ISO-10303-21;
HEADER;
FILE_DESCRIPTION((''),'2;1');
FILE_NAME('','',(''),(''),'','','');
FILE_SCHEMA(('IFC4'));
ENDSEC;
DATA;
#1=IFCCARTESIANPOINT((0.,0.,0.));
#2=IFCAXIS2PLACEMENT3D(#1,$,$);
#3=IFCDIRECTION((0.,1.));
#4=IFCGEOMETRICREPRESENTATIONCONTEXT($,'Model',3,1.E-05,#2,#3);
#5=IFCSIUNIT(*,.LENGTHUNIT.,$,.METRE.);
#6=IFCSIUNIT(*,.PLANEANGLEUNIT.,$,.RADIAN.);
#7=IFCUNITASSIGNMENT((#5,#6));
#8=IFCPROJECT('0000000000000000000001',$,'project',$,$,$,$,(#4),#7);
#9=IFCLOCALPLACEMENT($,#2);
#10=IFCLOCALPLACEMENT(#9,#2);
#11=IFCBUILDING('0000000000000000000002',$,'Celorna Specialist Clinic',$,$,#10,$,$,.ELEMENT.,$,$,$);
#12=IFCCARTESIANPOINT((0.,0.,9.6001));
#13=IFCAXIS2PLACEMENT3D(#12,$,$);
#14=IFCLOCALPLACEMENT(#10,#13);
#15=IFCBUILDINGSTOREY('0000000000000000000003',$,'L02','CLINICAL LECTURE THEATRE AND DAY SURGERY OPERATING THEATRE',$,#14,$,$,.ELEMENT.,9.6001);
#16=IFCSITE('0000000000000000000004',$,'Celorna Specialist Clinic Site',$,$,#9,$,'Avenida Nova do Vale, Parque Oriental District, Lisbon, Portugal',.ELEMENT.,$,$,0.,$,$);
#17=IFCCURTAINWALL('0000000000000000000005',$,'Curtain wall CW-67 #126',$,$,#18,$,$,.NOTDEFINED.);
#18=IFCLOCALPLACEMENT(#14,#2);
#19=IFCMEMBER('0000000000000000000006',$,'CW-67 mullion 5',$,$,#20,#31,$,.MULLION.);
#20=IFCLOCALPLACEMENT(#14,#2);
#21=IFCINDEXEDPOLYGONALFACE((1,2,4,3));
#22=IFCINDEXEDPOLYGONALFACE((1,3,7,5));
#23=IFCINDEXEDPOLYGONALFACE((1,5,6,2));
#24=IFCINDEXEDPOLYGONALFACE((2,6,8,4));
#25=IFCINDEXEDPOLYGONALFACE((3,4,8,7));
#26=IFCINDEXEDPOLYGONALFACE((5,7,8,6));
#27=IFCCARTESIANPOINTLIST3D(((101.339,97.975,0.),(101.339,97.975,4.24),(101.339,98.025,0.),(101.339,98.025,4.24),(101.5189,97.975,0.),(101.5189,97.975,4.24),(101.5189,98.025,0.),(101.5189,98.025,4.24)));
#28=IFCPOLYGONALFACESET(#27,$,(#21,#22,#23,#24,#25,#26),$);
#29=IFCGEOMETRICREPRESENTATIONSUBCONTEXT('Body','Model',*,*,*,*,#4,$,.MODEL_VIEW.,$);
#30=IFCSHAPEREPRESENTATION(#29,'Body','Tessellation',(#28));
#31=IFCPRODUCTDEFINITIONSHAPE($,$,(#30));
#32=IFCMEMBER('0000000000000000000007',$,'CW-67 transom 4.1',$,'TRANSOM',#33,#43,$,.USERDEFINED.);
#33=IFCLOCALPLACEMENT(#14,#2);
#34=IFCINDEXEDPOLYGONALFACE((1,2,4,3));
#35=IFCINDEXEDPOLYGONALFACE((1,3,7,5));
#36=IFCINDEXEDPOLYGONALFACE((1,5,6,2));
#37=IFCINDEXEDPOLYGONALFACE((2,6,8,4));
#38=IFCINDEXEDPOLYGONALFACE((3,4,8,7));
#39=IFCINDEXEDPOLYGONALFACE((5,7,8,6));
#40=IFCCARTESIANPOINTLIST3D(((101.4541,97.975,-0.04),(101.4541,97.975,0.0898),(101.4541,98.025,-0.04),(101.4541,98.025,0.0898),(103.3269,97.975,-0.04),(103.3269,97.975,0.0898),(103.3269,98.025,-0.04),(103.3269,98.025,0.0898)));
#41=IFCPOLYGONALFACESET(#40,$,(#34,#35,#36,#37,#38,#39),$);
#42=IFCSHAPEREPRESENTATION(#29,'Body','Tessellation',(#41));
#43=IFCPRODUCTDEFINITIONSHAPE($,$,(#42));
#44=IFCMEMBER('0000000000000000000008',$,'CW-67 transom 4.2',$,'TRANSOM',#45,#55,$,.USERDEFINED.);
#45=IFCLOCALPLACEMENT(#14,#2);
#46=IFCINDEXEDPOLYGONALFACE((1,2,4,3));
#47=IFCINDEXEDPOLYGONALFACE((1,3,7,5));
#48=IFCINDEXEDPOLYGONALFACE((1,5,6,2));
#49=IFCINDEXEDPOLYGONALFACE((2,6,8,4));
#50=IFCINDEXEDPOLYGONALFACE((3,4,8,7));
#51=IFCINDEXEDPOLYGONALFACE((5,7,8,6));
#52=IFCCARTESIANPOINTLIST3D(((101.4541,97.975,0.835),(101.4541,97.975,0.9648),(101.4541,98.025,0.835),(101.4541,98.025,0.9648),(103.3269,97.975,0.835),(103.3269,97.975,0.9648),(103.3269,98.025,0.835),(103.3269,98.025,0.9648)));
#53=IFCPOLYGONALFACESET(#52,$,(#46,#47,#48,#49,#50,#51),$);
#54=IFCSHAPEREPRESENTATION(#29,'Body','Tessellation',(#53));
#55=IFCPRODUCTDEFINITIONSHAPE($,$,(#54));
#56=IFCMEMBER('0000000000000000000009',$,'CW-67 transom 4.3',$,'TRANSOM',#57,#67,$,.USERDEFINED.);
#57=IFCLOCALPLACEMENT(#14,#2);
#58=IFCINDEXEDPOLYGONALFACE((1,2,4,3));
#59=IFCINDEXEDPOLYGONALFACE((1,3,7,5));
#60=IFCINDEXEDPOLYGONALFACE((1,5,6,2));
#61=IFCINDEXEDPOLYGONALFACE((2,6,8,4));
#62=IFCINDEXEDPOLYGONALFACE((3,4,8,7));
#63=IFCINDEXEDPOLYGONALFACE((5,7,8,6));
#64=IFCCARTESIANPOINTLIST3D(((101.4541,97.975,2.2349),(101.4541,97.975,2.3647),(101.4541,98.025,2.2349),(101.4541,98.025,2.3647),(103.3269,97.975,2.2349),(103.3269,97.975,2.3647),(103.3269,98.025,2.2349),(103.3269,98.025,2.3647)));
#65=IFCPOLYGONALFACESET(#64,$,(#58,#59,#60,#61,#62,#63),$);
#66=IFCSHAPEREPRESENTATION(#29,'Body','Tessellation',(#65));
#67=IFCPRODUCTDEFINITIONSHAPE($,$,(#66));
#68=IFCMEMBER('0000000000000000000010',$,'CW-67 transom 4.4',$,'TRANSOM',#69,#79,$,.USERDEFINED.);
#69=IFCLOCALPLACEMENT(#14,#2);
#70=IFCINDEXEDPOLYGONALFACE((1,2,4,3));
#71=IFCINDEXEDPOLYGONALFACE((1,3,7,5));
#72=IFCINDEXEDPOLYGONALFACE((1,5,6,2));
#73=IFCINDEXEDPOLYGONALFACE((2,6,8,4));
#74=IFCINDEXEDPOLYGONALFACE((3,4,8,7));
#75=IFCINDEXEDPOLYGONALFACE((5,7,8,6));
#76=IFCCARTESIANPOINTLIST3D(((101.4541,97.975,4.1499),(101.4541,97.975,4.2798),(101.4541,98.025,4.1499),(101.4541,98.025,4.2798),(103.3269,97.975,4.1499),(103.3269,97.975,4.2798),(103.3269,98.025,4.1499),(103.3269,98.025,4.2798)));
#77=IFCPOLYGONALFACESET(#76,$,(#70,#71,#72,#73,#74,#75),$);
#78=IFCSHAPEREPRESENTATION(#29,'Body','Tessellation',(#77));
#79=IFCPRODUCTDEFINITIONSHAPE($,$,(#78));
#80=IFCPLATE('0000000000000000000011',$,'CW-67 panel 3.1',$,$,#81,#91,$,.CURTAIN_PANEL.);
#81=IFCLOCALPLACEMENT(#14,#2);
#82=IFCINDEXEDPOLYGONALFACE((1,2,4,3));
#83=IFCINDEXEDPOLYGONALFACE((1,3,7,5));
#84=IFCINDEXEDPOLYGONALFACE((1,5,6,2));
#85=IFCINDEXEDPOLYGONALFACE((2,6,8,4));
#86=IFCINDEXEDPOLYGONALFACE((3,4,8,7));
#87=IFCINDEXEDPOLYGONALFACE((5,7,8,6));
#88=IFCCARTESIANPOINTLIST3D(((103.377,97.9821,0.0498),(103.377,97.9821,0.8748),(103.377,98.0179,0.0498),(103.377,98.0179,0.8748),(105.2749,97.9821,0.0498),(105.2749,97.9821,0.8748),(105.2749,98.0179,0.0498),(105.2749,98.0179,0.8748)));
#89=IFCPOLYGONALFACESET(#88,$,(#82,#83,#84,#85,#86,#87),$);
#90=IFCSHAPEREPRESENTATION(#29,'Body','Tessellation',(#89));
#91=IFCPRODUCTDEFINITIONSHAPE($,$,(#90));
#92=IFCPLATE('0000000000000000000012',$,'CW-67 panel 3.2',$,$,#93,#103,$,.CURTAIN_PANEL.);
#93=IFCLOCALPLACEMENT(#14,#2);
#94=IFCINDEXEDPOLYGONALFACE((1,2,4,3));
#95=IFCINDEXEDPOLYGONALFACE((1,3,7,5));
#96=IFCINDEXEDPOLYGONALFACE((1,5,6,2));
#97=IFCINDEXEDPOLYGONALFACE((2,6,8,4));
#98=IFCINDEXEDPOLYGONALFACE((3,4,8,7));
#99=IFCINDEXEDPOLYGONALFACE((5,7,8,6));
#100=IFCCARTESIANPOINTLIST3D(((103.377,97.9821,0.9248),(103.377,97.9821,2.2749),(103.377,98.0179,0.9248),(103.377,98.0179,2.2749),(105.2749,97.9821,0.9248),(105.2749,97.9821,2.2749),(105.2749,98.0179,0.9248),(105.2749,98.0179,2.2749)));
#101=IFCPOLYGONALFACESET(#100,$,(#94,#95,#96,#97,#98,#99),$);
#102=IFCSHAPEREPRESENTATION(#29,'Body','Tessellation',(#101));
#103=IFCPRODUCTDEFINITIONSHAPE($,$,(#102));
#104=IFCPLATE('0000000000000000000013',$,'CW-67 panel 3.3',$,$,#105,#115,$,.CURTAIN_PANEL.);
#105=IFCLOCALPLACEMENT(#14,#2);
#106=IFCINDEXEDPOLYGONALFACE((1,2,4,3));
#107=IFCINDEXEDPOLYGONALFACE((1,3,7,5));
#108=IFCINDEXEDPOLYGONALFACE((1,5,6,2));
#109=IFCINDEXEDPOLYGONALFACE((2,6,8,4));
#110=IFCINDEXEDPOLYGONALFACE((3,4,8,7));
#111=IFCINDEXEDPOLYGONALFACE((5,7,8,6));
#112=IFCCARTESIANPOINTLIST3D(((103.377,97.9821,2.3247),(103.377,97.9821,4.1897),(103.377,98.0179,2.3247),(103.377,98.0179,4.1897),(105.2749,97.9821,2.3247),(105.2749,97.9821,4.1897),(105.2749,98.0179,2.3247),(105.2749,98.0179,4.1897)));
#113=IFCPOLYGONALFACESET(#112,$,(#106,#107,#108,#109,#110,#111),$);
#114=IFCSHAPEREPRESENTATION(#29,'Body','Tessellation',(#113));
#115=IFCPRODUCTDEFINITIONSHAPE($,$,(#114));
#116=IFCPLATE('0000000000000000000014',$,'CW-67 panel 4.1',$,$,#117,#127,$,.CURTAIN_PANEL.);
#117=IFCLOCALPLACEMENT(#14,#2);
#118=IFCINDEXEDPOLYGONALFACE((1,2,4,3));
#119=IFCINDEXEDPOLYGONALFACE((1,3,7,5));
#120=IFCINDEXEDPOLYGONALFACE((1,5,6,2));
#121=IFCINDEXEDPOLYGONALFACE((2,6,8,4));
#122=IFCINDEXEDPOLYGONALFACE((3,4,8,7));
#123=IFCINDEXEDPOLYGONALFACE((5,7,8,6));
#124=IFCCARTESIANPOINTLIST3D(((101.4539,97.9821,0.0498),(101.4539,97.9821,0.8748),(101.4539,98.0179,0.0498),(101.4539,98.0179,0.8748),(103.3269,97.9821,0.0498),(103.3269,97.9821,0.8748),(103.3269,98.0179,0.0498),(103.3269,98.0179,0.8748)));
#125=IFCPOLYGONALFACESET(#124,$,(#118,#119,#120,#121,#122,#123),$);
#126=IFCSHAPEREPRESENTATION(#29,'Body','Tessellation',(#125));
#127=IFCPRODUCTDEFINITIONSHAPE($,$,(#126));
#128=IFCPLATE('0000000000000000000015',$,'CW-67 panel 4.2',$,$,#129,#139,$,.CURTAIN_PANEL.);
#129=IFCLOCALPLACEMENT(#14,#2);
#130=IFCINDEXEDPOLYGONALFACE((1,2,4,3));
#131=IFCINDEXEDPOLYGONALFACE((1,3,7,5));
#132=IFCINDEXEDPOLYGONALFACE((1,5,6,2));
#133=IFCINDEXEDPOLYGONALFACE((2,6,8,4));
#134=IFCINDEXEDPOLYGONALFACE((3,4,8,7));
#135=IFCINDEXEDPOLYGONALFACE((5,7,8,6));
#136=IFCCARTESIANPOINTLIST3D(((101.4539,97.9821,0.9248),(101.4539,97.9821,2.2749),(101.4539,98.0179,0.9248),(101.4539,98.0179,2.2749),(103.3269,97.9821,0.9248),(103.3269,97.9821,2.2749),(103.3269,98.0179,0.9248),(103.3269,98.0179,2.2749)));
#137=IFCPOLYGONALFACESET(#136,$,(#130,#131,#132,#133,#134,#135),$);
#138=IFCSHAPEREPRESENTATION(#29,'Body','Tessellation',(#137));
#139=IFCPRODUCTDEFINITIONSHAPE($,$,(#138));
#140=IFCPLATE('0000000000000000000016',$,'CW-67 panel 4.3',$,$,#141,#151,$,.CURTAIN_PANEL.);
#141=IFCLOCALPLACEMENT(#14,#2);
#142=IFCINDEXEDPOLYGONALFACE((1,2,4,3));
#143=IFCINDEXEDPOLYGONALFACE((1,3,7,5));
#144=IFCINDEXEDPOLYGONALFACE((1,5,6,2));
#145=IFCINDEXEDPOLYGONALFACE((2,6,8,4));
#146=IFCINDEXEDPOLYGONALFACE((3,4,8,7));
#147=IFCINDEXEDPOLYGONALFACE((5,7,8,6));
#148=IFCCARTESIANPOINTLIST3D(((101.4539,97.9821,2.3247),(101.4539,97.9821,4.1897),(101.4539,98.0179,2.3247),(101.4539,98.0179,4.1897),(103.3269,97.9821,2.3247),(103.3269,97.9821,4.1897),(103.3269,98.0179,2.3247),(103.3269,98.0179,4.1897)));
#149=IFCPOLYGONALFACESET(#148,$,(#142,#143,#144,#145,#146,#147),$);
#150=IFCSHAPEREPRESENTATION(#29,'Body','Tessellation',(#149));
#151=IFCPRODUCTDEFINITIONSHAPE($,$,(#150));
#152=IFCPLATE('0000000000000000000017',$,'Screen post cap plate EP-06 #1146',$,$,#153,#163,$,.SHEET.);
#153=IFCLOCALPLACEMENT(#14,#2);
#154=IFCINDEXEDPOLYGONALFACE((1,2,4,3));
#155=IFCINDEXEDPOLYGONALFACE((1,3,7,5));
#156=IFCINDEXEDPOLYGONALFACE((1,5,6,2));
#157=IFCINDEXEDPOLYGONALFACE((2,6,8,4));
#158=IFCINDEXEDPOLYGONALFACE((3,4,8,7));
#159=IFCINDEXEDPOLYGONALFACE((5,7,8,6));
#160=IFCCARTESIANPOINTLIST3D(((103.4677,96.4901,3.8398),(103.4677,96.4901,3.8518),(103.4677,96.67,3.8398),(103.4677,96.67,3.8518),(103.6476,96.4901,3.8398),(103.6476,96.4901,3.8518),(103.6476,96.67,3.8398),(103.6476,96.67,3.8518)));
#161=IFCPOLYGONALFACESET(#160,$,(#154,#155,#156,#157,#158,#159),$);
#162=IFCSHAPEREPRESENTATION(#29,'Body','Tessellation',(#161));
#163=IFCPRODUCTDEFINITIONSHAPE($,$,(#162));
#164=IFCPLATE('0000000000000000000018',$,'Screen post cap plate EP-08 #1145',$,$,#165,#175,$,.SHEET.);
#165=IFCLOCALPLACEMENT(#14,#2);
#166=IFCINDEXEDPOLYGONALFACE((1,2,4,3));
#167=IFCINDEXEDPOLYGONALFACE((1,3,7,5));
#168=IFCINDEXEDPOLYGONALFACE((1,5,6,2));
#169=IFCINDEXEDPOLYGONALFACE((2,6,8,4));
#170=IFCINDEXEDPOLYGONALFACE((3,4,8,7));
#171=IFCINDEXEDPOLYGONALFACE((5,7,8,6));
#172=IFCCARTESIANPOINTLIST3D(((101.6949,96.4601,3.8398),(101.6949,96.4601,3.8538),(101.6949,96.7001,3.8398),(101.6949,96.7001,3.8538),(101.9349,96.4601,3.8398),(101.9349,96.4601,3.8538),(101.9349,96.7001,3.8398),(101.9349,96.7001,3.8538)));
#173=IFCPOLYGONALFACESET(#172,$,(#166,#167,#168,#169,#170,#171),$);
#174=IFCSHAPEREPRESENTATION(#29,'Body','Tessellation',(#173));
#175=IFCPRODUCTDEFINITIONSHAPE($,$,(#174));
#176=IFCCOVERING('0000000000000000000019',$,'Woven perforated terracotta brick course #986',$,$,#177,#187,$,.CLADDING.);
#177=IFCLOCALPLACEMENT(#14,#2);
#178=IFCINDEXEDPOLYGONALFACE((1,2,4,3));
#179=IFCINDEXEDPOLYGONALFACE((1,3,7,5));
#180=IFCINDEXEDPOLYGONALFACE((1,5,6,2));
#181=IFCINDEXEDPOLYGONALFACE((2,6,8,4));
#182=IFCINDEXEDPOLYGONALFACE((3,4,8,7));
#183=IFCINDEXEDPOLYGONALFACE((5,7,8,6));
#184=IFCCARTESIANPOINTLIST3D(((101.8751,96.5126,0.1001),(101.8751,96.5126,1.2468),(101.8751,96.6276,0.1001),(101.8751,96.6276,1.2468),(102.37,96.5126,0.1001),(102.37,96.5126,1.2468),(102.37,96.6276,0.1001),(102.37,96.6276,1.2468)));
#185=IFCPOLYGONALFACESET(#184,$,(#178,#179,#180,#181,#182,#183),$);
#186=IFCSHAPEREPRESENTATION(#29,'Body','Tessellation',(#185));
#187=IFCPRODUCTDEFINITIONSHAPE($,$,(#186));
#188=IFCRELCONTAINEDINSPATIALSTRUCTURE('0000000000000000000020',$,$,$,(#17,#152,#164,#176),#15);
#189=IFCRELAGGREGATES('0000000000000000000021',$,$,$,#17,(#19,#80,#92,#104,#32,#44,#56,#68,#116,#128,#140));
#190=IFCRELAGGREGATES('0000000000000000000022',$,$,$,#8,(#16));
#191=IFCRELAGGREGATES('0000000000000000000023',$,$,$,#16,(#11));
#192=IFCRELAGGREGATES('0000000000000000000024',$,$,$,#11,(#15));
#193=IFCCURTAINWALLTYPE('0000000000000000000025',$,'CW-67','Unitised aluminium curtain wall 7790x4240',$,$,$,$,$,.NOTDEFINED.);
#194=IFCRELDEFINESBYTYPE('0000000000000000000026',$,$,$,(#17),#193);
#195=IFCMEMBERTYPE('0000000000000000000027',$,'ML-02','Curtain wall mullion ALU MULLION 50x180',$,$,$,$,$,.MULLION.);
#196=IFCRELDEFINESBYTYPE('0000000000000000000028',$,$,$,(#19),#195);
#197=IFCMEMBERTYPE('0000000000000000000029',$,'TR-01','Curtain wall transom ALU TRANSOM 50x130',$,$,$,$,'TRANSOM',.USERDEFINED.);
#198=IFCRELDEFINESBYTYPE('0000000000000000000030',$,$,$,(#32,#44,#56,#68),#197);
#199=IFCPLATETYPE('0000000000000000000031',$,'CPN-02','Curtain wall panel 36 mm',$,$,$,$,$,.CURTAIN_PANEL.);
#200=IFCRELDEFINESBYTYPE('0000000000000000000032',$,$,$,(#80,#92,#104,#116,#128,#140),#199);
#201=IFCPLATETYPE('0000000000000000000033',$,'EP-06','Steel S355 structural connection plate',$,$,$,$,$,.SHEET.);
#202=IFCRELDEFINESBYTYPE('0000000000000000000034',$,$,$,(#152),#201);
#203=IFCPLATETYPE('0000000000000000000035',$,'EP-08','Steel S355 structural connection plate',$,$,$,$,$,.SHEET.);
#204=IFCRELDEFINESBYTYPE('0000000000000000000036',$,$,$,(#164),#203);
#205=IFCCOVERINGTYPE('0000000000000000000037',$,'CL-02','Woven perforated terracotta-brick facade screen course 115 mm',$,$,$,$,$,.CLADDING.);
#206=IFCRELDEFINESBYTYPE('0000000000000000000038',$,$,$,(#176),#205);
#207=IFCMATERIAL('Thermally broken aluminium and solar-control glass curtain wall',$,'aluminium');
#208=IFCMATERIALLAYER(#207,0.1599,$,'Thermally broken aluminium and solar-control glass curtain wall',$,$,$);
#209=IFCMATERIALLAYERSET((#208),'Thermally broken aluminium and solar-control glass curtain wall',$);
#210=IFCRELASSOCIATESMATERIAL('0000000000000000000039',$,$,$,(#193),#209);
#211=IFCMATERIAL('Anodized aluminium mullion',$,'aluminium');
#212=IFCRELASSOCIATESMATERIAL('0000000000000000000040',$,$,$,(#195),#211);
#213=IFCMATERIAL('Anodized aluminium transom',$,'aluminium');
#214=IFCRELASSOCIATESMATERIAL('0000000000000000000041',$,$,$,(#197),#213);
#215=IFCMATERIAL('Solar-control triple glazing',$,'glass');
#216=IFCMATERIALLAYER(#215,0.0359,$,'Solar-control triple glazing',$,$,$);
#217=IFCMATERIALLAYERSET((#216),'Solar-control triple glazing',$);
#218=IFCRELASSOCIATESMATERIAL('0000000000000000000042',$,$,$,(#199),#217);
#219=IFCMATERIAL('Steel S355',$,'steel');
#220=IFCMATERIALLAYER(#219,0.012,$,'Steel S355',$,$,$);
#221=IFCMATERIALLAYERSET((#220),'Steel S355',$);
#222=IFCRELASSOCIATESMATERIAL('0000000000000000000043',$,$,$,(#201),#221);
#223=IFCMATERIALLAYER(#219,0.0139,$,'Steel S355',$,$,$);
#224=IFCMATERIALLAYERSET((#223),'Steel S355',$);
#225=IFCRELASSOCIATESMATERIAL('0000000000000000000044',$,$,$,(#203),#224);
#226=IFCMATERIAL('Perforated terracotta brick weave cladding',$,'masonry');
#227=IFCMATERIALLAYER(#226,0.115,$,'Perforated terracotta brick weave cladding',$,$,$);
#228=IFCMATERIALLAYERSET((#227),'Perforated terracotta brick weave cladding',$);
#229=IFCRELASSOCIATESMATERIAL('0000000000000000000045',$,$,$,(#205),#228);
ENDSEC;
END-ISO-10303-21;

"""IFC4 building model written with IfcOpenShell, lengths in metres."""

from ifc_helpers import new_model, si_unit, direction, frame, origin, origin_2d, place, context, subcontext, project, spatial, rectangle, extrude, material, layer, layer_set, material_profile, profile_set, type_object, element, aggregate, save


model = new_model("IFC4")

# Units and contexts
model_context = context("Model", 3, precision=1e-05, world=origin(), true_north=direction((0.0, 1.0)))
body_context = subcontext(model_context, "Body", "Model", "MODEL_VIEW")
ifc_project = project(units=[si_unit("LENGTHUNIT", "METRE"), si_unit("PLANEANGLEUNIT", "RADIAN")], contexts=[model_context])

# Site, building, storey
site_placement = place(None, origin())
site = spatial("IfcSite", under=ifc_project, at=site_placement, Name="Celorna Specialist Clinic Site", LongName="Avenida Nova do Vale, Parque Oriental District, Lisbon, Portugal", CompositionType="ELEMENT", RefElevation=0.0)
building_placement = place(site_placement, origin())
building = spatial("IfcBuilding", under=site, at=building_placement, Name="Celorna Specialist Clinic", CompositionType="ELEMENT")
storey_placement = place(building_placement, frame((0.0, 0.0, 9.6001)))
storey = spatial("IfcBuildingStorey", under=building, at=storey_placement, Name="L02", Description="CLINICAL LECTURE THEATRE AND DAY SURGERY OPERATING THEATRE", CompositionType="ELEMENT", Elevation=9.6001)

# Shared definitions
ifc_material_1 = material(Name="Steel S355", Category="steel")

# Curtain wall, members, plates
ifc_material_2 = material(Name="Thermally broken aluminium and solar-control glass curtain wall", Category="aluminium")
ifc_layer_1 = layer(ifc_material_2, 0.1599, Name="Thermally broken aluminium and solar-control glass curtain wall")
ifc_layer_set_1 = layer_set([ifc_layer_1], Name="Thermally broken aluminium and solar-control glass curtain wall")
curtain_wall_type = type_object("IfcCurtainWallType", Name="CW-67", Description="Unitised aluminium curtain wall 7790x4240", PredefinedType="NOTDEFINED", material=ifc_layer_set_1)
curtain_wall_placement = place(storey_placement, origin())
curtain_wall = element("IfcCurtainWall", 1, at=curtain_wall_placement, inside=storey, type_object=curtain_wall_type, Name="Curtain wall CW-67 #126", PredefinedType="NOTDEFINED")
ifc_material_3 = material(Name="Anodized aluminium mullion", Category="aluminium")
ifc_material_profile_1 = material_profile(ifc_material_3, rectangle(XDim=0.05, YDim=0.1799, at=origin_2d()), Name="ALU MULLION 50x180")
ifc_profile_set_1 = profile_set([ifc_material_profile_1], Name="Anodized aluminium mullion")
member_type_1 = type_object("IfcMemberType", Name="ML-02", Description="Curtain wall mullion ALU MULLION 50x180", PredefinedType="MULLION", material=ifc_profile_set_1)
member_1_placement = place(storey_placement, frame((101.429, 98.0, 0.0), z_axis=(0.0, 0.0, 1.0), x_axis=(0.0, -1.0, 0.0)))
member_1 = element("IfcMember", 2, at=member_1_placement, type_object=member_type_1, Name="CW-67 mullion 5", PredefinedType="MULLION", context=body_context, shape_type="SweptSolid", body=[
    extrude(rectangle(XDim=0.05, YDim=0.1799, at=origin_2d()), origin(), (0.0, 0.0, 1.0), 4.24),
])
ifc_material_4 = material(Name="Anodized aluminium transom", Category="aluminium")
ifc_material_profile_2 = material_profile(ifc_material_4, rectangle(XDim=0.05, YDim=0.1299, at=origin_2d()), Name="ALU TRANSOM 50x130")
ifc_profile_set_2 = profile_set([ifc_material_profile_2], Name="Anodized aluminium transom")
member_type_2 = type_object("IfcMemberType", Name="TR-01", Description="Curtain wall transom ALU TRANSOM 50x130", ElementType="TRANSOM", PredefinedType="USERDEFINED", material=ifc_profile_set_2)
member_2_placement = place(storey_placement, frame((103.3269, 98.0, 0.0249), z_axis=(-1.0, 0.0, 0.0), x_axis=(0.0, -1.0, 0.0)))
member_2 = element("IfcMember", 3, at=member_2_placement, type_object=member_type_2, Name="CW-67 transom 4.1", ObjectType="TRANSOM", PredefinedType="USERDEFINED", context=body_context, shape_type="SweptSolid", body=[
    extrude(rectangle(XDim=0.05, YDim=0.1299, at=origin_2d()), origin(), (0.0, 0.0, 1.0), 1.8728),
])
member_3_placement = place(storey_placement, frame((103.3269, 98.0, 0.8999), z_axis=(-1.0, 0.0, 0.0), x_axis=(0.0, -1.0, 0.0)))
member_3 = element("IfcMember", 4, at=member_3_placement, type_object=member_type_2, Name="CW-67 transom 4.2", ObjectType="TRANSOM", PredefinedType="USERDEFINED", context=body_context, shape_type="SweptSolid", body=[
    extrude(rectangle(XDim=0.05, YDim=0.1299, at=origin_2d()), origin(), (0.0, 0.0, 1.0), 1.8728),
])
member_4_placement = place(storey_placement, frame((103.3269, 98.0, 2.2998), z_axis=(-1.0, 0.0, 0.0), x_axis=(0.0, -1.0, 0.0)))
member_4 = element("IfcMember", 5, at=member_4_placement, type_object=member_type_2, Name="CW-67 transom 4.3", ObjectType="TRANSOM", PredefinedType="USERDEFINED", context=body_context, shape_type="SweptSolid", body=[
    extrude(rectangle(XDim=0.05, YDim=0.1299, at=origin_2d()), origin(), (0.0, 0.0, 1.0), 1.8728),
])
member_5_placement = place(storey_placement, frame((103.3269, 98.0, 4.2148), z_axis=(-1.0, 0.0, 0.0), x_axis=(0.0, -1.0, 0.0)))
member_5 = element("IfcMember", 6, at=member_5_placement, type_object=member_type_2, Name="CW-67 transom 4.4", ObjectType="TRANSOM", PredefinedType="USERDEFINED", context=body_context, shape_type="SweptSolid", body=[
    extrude(rectangle(XDim=0.05, YDim=0.1299, at=origin_2d()), origin(), (0.0, 0.0, 1.0), 1.8728),
])
ifc_material_5 = material(Name="Solar-control triple glazing", Category="glass")
ifc_layer_2 = layer(ifc_material_5, 0.0359, Name="Solar-control triple glazing")
ifc_layer_set_2 = layer_set([ifc_layer_2], Name="Solar-control triple glazing")
plate_type_1 = type_object("IfcPlateType", Name="CPN-02", Description="Curtain wall panel 36 mm", PredefinedType="CURTAIN_PANEL", material=ifc_layer_set_2)
plate_1_placement = place(storey_placement, frame((104.3259, 98.0, 0.0498), z_axis=(0.0, 0.0, 1.0), x_axis=(-1.0, 0.0, 0.0)))
plate_1 = element("IfcPlate", 7, at=plate_1_placement, type_object=plate_type_1, Name="CW-67 panel 3.1", PredefinedType="CURTAIN_PANEL", context=body_context, shape_type="SweptSolid", body=[
    extrude(rectangle(XDim=1.8979, YDim=0.0359, at=origin_2d()), origin(), (0.0, 0.0, 1.0), 0.825),
])
plate_2_placement = place(storey_placement, frame((104.3259, 98.0, 0.9248), z_axis=(0.0, 0.0, 1.0), x_axis=(-1.0, 0.0, 0.0)))
plate_2 = element("IfcPlate", 8, at=plate_2_placement, type_object=plate_type_1, Name="CW-67 panel 3.2", PredefinedType="CURTAIN_PANEL", context=body_context, shape_type="SweptSolid", body=[
    extrude(rectangle(XDim=1.8979, YDim=0.0359, at=origin_2d()), origin(), (0.0, 0.0, 1.0), 1.3501),
])
plate_3_placement = place(storey_placement, frame((104.3259, 98.0, 2.3247), z_axis=(0.0, 0.0, 1.0), x_axis=(-1.0, 0.0, 0.0)))
plate_3 = element("IfcPlate", 9, at=plate_3_placement, type_object=plate_type_1, Name="CW-67 panel 3.3", PredefinedType="CURTAIN_PANEL", context=body_context, shape_type="SweptSolid", body=[
    extrude(rectangle(XDim=1.8979, YDim=0.0359, at=origin_2d()), origin(), (0.0, 0.0, 1.0), 1.865),
])
plate_4_placement = place(storey_placement, frame((102.3904, 98.0, 0.0498), z_axis=(0.0, 0.0, 1.0), x_axis=(-1.0, 0.0, 0.0)))
plate_4 = element("IfcPlate", 10, at=plate_4_placement, type_object=plate_type_1, Name="CW-67 panel 4.1", PredefinedType="CURTAIN_PANEL", context=body_context, shape_type="SweptSolid", body=[
    extrude(rectangle(XDim=1.873, YDim=0.0359, at=origin_2d()), origin(), (0.0, 0.0, 1.0), 0.825),
])
plate_5_placement = place(storey_placement, frame((102.3904, 98.0, 0.9248), z_axis=(0.0, 0.0, 1.0), x_axis=(-1.0, 0.0, 0.0)))
plate_5 = element("IfcPlate", 11, at=plate_5_placement, type_object=plate_type_1, Name="CW-67 panel 4.2", PredefinedType="CURTAIN_PANEL", context=body_context, shape_type="SweptSolid", body=[
    extrude(rectangle(XDim=1.873, YDim=0.0359, at=origin_2d()), origin(), (0.0, 0.0, 1.0), 1.3501),
])
plate_6_placement = place(storey_placement, frame((102.3904, 98.0, 2.3247), z_axis=(0.0, 0.0, 1.0), x_axis=(-1.0, 0.0, 0.0)))
plate_6 = element("IfcPlate", 12, at=plate_6_placement, type_object=plate_type_1, Name="CW-67 panel 4.3", PredefinedType="CURTAIN_PANEL", context=body_context, shape_type="SweptSolid", body=[
    extrude(rectangle(XDim=1.873, YDim=0.0359, at=origin_2d()), origin(), (0.0, 0.0, 1.0), 1.865),
])
aggregate(curtain_wall, [member_1, plate_1, plate_2, plate_3, member_2, member_3, member_4, member_5, plate_4, plate_5, plate_6])

# Plates
ifc_layer_3 = layer(ifc_material_1, 0.012, Name="Steel S355")
ifc_layer_set_3 = layer_set([ifc_layer_3], Name="Steel S355")
plate_type_2 = type_object("IfcPlateType", Name="EP-06", Description="Steel S355 structural connection plate", PredefinedType="SHEET", material=ifc_layer_set_3)
plate_7_placement = place(storey_placement, frame((103.5576, 96.5801, 3.8398), z_axis=(0.0, 0.0, 1.0), x_axis=(1.0, 0.0, 0.0)))
element("IfcPlate", 13, at=plate_7_placement, inside=storey, type_object=plate_type_2, Name="Screen post cap plate EP-06 #1146", PredefinedType="SHEET", context=body_context, shape_type="SweptSolid", body=[
    extrude(rectangle(XDim=0.1799, YDim=0.1799, at=origin_2d()), origin(), (0.0, 0.0, 1.0), 0.012),
])
ifc_layer_4 = layer(ifc_material_1, 0.0139, Name="Steel S355")
ifc_layer_set_4 = layer_set([ifc_layer_4], Name="Steel S355")
plate_type_3 = type_object("IfcPlateType", Name="EP-08", Description="Steel S355 structural connection plate", PredefinedType="SHEET", material=ifc_layer_set_4)
plate_8_placement = place(storey_placement, frame((101.8149, 96.5801, 3.8398), z_axis=(0.0, 0.0, 1.0), x_axis=(1.0, 0.0, 0.0)))
element("IfcPlate", 14, at=plate_8_placement, inside=storey, type_object=plate_type_3, Name="Screen post cap plate EP-08 #1145", PredefinedType="SHEET", context=body_context, shape_type="SweptSolid", body=[
    extrude(rectangle(XDim=0.24, YDim=0.24, at=origin_2d()), origin(), (0.0, 0.0, 1.0), 0.0139),
])

# Covering
ifc_material_6 = material(Name="Perforated terracotta brick weave cladding", Category="masonry")
ifc_layer_5 = layer(ifc_material_6, 0.115, Name="Perforated terracotta brick weave cladding")
ifc_layer_set_5 = layer_set([ifc_layer_5], Name="Perforated terracotta brick weave cladding")
covering_type = type_object("IfcCoveringType", Name="CL-02", Description="Woven perforated terracotta-brick facade screen course 115 mm", PredefinedType="CLADDING", material=ifc_layer_set_5)
for number, where, z_axis, x_axis, name in (
    (15, (102.1226, 96.5701, 0.1001), (0.0, 0.0, 1.0), (1.0, 0.0, 0.0), "Woven perforated terracotta brick course #986"),
):
    element("IfcCovering", number, at=place(storey_placement, frame(where, z_axis=z_axis, x_axis=x_axis)), inside=storey, type_object=covering_type, Name=name, PredefinedType="CLADDING", context=body_context, shape_type="SweptSolid", body=[
        extrude(rectangle(XDim=0.4949, YDim=0.115, at=origin_2d()), origin(), (0.0, 0.0, 1.0), 1.1467),
    ])

save(model, "model.ifc")
